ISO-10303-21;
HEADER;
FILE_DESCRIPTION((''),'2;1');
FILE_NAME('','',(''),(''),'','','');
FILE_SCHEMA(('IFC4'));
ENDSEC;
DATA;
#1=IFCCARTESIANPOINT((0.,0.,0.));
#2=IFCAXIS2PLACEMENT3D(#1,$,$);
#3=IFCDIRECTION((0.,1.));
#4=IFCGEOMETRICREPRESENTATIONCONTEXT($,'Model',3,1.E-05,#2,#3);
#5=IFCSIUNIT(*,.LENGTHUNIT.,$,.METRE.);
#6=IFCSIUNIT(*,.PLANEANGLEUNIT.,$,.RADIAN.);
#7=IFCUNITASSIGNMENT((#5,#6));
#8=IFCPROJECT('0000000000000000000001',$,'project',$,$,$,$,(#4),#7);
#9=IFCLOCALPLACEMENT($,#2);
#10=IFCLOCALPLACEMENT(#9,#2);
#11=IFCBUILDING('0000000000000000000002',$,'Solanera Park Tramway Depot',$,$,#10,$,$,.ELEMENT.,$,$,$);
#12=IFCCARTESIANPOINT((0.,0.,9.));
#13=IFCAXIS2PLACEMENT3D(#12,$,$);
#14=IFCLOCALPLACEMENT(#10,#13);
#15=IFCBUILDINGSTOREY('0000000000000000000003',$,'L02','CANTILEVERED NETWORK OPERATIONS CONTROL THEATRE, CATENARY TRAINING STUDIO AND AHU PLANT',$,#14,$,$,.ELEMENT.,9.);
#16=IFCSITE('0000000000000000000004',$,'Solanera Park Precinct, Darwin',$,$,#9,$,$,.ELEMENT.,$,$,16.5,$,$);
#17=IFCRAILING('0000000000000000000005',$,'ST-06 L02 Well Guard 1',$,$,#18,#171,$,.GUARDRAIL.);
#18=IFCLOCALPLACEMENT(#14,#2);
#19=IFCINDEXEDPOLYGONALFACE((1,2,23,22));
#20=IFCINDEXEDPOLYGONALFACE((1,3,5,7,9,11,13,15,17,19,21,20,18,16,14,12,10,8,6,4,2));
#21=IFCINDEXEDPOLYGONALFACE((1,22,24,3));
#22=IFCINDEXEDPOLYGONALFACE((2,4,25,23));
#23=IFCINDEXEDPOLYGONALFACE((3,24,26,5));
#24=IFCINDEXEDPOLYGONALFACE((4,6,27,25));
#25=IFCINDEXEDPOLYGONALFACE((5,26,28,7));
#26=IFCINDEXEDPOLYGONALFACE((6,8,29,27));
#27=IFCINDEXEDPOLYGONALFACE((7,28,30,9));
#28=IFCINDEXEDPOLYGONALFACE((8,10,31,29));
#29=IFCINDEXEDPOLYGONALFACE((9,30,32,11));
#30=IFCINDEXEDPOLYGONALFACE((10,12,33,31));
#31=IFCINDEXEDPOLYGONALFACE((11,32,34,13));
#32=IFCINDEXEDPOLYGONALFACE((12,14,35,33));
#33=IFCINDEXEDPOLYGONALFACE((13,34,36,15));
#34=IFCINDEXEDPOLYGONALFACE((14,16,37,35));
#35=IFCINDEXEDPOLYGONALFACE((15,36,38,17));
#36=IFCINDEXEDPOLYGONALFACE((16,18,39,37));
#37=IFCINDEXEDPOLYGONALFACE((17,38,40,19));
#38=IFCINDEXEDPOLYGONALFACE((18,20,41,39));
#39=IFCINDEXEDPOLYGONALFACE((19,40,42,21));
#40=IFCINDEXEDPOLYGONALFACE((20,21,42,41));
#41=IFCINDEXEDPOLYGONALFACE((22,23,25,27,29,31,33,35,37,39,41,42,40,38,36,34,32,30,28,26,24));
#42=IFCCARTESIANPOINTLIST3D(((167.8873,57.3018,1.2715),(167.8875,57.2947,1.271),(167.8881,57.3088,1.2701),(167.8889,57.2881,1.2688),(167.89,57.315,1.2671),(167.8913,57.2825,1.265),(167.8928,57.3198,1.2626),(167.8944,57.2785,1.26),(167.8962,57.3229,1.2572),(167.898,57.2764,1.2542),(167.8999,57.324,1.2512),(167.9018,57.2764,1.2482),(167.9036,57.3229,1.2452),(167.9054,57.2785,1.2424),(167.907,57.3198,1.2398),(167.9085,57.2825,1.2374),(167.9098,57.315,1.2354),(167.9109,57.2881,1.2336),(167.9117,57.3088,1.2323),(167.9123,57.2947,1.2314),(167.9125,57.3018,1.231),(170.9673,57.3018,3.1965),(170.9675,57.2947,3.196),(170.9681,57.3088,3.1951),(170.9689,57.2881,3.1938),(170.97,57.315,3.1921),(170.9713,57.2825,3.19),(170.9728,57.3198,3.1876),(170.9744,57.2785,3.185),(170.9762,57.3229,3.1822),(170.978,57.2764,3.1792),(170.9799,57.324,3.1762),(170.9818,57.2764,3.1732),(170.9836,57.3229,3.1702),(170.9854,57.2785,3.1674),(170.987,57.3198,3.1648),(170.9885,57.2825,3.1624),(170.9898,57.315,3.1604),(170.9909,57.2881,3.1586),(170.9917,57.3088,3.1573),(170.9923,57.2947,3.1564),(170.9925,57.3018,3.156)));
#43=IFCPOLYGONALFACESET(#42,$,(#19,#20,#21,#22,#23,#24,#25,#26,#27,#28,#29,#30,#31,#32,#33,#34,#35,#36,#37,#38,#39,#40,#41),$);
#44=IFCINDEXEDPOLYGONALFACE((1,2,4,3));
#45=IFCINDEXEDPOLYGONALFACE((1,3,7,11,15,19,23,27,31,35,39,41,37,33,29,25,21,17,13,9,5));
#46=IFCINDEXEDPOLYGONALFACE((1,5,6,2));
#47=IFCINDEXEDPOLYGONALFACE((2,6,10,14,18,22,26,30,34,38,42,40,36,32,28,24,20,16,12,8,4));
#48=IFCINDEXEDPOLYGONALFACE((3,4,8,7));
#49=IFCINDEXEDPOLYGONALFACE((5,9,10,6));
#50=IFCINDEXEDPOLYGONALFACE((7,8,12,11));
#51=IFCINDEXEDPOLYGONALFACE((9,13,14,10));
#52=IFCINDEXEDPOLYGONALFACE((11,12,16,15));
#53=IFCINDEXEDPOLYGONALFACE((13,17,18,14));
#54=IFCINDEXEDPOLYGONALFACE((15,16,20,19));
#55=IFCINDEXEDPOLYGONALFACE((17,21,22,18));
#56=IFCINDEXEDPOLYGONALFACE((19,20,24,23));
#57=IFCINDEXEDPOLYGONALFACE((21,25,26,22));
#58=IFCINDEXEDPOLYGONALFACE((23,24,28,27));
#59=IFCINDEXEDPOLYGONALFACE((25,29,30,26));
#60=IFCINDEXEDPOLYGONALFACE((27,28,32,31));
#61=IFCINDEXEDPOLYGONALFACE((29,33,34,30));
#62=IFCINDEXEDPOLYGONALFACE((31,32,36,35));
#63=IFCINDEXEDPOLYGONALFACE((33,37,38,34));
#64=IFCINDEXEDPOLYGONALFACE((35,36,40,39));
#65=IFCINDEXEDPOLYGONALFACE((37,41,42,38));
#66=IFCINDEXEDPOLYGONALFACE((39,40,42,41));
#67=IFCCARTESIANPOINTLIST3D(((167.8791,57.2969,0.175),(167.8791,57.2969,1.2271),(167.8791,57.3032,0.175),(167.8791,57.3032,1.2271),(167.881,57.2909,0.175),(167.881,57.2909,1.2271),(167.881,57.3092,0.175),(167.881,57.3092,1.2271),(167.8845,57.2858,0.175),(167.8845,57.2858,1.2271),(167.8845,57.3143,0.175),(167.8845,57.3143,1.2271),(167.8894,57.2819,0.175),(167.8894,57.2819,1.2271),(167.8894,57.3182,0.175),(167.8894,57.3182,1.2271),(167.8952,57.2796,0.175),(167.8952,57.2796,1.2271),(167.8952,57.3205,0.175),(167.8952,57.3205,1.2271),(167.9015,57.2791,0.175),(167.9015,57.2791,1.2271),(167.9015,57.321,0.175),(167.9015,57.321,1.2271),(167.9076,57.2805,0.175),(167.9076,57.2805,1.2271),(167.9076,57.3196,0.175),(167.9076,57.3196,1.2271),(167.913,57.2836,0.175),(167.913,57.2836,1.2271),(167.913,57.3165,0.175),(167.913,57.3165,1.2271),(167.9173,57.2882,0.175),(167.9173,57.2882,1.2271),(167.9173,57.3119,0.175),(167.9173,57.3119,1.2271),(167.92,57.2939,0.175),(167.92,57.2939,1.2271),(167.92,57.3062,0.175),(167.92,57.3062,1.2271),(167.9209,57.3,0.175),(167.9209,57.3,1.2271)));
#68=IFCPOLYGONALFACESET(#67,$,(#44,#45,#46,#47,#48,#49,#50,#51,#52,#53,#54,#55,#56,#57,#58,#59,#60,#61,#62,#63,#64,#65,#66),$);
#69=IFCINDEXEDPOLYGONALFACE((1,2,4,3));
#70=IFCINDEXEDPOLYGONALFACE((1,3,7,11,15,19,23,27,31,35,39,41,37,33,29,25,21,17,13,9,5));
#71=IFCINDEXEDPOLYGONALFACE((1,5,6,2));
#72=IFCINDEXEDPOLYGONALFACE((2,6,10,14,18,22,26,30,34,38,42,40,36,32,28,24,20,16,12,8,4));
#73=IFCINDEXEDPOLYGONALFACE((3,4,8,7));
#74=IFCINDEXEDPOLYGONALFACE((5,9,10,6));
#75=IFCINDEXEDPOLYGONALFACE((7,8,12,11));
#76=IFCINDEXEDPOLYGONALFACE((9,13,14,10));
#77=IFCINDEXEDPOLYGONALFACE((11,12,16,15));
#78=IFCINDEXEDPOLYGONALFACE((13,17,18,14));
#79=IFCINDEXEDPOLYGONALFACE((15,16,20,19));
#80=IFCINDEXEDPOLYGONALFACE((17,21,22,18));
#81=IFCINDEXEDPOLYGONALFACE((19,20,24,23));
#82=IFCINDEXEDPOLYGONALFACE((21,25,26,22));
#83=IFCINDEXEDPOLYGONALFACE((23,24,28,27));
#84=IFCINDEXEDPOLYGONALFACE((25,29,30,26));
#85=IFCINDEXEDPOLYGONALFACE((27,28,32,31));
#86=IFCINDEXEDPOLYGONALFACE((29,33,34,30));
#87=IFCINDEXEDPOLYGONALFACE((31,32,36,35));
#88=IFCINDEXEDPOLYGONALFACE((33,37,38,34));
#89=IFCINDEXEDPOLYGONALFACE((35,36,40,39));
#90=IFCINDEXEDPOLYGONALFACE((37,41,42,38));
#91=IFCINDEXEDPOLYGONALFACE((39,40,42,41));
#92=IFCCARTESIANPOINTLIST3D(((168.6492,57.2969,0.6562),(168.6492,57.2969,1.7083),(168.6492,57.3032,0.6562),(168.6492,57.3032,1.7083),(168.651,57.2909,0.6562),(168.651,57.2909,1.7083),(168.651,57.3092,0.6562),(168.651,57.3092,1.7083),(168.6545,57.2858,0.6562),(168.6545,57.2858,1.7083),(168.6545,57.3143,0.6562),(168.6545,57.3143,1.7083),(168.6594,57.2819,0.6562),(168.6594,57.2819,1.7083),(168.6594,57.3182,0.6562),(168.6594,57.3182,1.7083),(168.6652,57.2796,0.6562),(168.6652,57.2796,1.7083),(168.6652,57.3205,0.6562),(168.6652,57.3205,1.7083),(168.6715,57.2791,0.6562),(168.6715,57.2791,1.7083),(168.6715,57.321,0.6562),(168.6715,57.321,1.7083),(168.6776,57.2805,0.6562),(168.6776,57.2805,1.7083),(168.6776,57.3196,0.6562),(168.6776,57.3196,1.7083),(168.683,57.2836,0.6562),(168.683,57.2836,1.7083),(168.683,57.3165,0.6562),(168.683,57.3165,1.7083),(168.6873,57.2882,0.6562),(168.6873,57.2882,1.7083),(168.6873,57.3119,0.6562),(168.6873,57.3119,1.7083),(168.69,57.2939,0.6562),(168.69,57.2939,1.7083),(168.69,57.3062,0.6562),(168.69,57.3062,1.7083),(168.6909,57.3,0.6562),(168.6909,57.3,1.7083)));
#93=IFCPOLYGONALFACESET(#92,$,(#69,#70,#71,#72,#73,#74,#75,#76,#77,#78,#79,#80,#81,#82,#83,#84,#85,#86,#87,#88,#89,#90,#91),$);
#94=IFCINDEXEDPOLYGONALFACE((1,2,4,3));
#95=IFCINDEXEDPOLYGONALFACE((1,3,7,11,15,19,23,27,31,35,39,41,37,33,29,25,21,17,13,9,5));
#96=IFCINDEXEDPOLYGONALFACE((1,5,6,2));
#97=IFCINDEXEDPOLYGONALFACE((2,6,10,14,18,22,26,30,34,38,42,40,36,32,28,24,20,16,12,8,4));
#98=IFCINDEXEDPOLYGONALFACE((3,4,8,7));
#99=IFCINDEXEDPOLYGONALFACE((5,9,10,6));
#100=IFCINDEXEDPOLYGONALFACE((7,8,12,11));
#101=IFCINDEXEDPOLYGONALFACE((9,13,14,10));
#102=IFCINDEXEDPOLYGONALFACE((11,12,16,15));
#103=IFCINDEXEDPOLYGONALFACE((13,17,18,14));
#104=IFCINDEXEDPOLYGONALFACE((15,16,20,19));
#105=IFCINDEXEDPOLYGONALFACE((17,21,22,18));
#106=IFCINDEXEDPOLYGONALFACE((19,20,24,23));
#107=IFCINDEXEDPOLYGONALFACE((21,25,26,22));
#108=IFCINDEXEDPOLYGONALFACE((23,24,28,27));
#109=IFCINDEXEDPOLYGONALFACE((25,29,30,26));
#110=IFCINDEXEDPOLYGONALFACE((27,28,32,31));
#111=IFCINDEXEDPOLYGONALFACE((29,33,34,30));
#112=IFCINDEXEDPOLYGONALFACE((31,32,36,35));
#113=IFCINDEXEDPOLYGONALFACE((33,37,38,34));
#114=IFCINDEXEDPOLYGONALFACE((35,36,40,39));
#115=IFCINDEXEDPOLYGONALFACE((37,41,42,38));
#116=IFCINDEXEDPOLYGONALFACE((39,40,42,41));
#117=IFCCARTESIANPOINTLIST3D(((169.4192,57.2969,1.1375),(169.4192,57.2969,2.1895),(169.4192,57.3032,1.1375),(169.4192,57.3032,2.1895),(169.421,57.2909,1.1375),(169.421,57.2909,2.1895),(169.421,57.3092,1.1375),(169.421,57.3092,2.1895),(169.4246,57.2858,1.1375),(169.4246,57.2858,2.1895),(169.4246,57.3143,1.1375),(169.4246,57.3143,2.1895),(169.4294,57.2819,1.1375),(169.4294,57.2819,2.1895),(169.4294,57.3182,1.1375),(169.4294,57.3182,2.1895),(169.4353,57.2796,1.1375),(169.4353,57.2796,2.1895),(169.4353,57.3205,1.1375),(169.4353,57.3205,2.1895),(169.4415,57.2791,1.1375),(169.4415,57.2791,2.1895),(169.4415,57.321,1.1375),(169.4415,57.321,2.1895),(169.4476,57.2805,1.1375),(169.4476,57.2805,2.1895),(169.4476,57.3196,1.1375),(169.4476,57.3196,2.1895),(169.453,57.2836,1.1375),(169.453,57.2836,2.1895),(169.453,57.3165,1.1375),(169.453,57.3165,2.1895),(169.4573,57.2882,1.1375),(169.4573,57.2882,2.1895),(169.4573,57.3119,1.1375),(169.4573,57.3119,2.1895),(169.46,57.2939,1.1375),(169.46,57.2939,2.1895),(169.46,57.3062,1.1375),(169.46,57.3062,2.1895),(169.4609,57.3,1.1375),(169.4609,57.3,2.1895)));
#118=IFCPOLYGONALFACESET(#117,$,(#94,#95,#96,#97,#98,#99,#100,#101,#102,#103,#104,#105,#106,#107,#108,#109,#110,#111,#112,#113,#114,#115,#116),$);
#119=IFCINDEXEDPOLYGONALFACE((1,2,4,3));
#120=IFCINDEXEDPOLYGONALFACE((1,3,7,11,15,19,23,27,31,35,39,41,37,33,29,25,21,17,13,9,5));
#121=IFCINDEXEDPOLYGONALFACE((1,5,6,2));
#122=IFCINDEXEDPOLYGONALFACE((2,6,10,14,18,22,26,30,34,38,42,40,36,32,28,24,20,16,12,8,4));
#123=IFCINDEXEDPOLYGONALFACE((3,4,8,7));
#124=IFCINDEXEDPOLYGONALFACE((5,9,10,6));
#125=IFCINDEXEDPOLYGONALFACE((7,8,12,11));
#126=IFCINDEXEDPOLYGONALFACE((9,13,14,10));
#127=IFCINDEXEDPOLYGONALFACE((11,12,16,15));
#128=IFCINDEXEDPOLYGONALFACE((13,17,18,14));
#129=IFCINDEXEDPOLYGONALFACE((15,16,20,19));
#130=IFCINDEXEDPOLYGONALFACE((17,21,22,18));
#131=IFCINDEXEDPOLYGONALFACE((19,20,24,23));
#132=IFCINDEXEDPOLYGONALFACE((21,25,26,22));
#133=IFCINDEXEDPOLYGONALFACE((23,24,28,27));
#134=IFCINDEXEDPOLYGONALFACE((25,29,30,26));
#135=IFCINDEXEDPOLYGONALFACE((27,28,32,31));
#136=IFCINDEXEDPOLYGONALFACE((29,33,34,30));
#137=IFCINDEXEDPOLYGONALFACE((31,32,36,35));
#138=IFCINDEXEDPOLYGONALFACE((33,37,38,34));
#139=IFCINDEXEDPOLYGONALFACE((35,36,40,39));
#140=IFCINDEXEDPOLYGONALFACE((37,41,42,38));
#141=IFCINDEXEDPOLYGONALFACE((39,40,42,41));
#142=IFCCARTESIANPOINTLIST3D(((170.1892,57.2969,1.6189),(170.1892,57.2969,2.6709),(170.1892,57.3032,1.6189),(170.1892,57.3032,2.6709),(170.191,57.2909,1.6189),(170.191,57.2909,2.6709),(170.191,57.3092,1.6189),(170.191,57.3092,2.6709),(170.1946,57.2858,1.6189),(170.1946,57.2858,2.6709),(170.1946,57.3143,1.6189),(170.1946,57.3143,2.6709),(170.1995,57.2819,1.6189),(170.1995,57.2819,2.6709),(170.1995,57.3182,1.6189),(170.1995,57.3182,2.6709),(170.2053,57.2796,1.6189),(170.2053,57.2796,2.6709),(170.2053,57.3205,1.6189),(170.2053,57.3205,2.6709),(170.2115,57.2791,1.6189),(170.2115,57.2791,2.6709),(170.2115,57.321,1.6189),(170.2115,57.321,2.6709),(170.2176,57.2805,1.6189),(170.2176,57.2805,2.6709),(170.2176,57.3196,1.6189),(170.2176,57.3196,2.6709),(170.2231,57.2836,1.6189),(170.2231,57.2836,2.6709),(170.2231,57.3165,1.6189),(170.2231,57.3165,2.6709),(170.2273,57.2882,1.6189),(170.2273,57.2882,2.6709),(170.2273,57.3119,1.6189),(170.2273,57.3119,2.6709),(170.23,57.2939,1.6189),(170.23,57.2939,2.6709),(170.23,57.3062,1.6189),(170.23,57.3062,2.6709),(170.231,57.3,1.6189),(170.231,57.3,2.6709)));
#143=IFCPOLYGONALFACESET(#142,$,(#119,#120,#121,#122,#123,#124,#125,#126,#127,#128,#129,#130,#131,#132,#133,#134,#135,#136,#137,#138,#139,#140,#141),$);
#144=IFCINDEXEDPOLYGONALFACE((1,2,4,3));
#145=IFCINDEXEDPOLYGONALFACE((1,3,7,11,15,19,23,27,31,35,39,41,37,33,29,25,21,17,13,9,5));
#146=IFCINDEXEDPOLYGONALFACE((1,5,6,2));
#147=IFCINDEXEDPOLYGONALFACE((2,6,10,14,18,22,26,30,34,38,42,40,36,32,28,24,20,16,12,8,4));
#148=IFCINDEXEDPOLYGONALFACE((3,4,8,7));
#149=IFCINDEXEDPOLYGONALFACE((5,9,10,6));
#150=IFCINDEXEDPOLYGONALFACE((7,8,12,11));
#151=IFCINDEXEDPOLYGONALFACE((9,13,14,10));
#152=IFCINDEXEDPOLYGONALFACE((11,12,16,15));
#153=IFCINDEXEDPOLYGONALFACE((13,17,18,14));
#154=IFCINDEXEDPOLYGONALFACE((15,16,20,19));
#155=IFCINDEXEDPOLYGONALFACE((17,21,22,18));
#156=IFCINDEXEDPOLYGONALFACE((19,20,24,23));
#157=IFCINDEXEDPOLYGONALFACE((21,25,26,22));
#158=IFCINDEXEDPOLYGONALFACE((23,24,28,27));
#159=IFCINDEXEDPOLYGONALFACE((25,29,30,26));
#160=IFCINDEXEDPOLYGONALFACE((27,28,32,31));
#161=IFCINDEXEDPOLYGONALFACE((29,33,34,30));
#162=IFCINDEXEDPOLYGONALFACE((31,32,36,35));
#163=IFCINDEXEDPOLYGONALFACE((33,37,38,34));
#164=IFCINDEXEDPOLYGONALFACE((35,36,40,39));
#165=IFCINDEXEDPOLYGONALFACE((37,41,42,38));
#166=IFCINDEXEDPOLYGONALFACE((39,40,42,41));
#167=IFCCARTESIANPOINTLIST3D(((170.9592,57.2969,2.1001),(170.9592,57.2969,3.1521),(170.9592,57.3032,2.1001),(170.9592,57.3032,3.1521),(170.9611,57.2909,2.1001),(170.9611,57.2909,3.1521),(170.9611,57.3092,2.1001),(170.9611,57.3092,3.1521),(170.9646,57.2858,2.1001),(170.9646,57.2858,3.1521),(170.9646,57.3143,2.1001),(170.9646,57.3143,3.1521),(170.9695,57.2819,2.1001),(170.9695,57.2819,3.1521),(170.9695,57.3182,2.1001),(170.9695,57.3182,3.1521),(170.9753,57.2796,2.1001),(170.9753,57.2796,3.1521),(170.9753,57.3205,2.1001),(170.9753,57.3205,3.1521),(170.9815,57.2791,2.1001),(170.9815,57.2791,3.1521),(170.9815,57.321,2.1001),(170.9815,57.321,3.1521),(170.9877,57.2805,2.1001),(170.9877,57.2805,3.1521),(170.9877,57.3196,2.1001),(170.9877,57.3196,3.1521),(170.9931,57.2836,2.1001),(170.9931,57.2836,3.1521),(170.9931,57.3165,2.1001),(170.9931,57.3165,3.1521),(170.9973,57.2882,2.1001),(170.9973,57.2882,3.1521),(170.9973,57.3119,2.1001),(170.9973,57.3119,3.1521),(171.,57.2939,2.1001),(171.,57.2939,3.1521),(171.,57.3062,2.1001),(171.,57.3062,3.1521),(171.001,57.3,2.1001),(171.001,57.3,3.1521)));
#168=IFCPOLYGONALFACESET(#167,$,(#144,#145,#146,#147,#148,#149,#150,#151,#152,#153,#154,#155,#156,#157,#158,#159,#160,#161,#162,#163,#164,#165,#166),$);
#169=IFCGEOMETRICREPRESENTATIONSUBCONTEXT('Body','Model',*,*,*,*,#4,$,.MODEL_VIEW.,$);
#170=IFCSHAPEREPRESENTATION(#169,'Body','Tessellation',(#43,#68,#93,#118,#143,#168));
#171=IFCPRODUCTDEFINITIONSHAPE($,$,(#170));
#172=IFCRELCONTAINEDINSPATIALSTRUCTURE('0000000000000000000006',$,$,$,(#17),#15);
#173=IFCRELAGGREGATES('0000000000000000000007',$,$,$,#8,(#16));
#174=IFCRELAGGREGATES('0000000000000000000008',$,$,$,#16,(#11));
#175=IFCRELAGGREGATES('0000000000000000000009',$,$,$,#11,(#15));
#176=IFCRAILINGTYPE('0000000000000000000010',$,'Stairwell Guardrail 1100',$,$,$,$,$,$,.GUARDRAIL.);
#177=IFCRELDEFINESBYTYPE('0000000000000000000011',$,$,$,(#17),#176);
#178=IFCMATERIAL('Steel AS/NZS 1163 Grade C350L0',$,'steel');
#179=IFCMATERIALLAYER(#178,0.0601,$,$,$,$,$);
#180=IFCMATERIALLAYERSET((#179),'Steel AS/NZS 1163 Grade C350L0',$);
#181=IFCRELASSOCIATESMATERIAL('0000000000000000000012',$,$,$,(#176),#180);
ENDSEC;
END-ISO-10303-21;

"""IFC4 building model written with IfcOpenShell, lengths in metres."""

from ifc_helpers import new_model, si_unit, direction, frame, origin, origin_2d, place, context, subcontext, project, spatial, circle, extrude, material, layer, layer_set, type_object, element, save


model = new_model("IFC4")

# Units and contexts
model_context = context("Model", 3, precision=1e-05, world=origin(), true_north=direction((0.0, 1.0)))
body_context = subcontext(model_context, "Body", "Model", "MODEL_VIEW")
ifc_project = project(units=[si_unit("LENGTHUNIT", "METRE"), si_unit("PLANEANGLEUNIT", "RADIAN")], contexts=[model_context])

# Site, building, storey
site_placement = place(None, origin())
site = spatial("IfcSite", under=ifc_project, at=site_placement, Name="Solanera Park Precinct, Darwin", CompositionType="ELEMENT", RefElevation=16.5)
building_placement = place(site_placement, origin())
building = spatial("IfcBuilding", under=site, at=building_placement, Name="Solanera Park Tramway Depot", CompositionType="ELEMENT")
storey_placement = place(building_placement, frame((0.0, 0.0, 9.0)))
storey = spatial("IfcBuildingStorey", under=building, at=storey_placement, Name="L02", Description="CANTILEVERED NETWORK OPERATIONS CONTROL THEATRE, CATENARY TRAINING STUDIO AND AHU PLANT", CompositionType="ELEMENT", Elevation=9.0)

# Railing
ifc_material_1 = material(Name="Steel AS/NZS 1163 Grade C350L0", Category="steel")
ifc_layer_1 = layer(ifc_material_1, 0.0601)
ifc_layer_set_1 = layer_set([ifc_layer_1], Name="Steel AS/NZS 1163 Grade C350L0")
railing_type_1 = type_object("IfcRailingType", Name="Stairwell Guardrail 1100", PredefinedType="GUARDRAIL", material=ifc_layer_set_1)
railing_1_placement = place(storey_placement, frame((167.8999, 57.3, 0.175)))
element("IfcRailing", 1, at=railing_1_placement, inside=storey, type_object=railing_type_1, Name="ST-06 L02 Well Guard 1", PredefinedType="GUARDRAIL", context=body_context, shape_type="SweptSolid", body=[
    extrude(circle(Radius=0.0239, at=origin_2d()), frame((0.0, 0.0, 1.0762), z_axis=(0.847998, 0.0, 0.529999), x_axis=(0.0, 1.0, 0.0)), (0.0, 0.0, 1.0), 3.6321),
    extrude(circle(Radius=0.021, at=origin_2d()), origin(), (0.0, 0.0, 1.0), 1.052),
    extrude(circle(Radius=0.021, at=origin_2d()), frame((0.77, 0.0, 0.4812)), (0.0, 0.0, 1.0), 1.052),
    extrude(circle(Radius=0.021, at=origin_2d()), frame((1.54, 0.0, 0.9624)), (0.0, 0.0, 1.0), 1.052),
    extrude(circle(Radius=0.021, at=origin_2d()), frame((2.3101, 0.0, 1.4438)), (0.0, 0.0, 1.0), 1.052),
    extrude(circle(Radius=0.021, at=origin_2d()), frame((3.0801, 0.0, 1.925)), (0.0, 0.0, 1.0), 1.052),
])

save(model, "model.ifc")
